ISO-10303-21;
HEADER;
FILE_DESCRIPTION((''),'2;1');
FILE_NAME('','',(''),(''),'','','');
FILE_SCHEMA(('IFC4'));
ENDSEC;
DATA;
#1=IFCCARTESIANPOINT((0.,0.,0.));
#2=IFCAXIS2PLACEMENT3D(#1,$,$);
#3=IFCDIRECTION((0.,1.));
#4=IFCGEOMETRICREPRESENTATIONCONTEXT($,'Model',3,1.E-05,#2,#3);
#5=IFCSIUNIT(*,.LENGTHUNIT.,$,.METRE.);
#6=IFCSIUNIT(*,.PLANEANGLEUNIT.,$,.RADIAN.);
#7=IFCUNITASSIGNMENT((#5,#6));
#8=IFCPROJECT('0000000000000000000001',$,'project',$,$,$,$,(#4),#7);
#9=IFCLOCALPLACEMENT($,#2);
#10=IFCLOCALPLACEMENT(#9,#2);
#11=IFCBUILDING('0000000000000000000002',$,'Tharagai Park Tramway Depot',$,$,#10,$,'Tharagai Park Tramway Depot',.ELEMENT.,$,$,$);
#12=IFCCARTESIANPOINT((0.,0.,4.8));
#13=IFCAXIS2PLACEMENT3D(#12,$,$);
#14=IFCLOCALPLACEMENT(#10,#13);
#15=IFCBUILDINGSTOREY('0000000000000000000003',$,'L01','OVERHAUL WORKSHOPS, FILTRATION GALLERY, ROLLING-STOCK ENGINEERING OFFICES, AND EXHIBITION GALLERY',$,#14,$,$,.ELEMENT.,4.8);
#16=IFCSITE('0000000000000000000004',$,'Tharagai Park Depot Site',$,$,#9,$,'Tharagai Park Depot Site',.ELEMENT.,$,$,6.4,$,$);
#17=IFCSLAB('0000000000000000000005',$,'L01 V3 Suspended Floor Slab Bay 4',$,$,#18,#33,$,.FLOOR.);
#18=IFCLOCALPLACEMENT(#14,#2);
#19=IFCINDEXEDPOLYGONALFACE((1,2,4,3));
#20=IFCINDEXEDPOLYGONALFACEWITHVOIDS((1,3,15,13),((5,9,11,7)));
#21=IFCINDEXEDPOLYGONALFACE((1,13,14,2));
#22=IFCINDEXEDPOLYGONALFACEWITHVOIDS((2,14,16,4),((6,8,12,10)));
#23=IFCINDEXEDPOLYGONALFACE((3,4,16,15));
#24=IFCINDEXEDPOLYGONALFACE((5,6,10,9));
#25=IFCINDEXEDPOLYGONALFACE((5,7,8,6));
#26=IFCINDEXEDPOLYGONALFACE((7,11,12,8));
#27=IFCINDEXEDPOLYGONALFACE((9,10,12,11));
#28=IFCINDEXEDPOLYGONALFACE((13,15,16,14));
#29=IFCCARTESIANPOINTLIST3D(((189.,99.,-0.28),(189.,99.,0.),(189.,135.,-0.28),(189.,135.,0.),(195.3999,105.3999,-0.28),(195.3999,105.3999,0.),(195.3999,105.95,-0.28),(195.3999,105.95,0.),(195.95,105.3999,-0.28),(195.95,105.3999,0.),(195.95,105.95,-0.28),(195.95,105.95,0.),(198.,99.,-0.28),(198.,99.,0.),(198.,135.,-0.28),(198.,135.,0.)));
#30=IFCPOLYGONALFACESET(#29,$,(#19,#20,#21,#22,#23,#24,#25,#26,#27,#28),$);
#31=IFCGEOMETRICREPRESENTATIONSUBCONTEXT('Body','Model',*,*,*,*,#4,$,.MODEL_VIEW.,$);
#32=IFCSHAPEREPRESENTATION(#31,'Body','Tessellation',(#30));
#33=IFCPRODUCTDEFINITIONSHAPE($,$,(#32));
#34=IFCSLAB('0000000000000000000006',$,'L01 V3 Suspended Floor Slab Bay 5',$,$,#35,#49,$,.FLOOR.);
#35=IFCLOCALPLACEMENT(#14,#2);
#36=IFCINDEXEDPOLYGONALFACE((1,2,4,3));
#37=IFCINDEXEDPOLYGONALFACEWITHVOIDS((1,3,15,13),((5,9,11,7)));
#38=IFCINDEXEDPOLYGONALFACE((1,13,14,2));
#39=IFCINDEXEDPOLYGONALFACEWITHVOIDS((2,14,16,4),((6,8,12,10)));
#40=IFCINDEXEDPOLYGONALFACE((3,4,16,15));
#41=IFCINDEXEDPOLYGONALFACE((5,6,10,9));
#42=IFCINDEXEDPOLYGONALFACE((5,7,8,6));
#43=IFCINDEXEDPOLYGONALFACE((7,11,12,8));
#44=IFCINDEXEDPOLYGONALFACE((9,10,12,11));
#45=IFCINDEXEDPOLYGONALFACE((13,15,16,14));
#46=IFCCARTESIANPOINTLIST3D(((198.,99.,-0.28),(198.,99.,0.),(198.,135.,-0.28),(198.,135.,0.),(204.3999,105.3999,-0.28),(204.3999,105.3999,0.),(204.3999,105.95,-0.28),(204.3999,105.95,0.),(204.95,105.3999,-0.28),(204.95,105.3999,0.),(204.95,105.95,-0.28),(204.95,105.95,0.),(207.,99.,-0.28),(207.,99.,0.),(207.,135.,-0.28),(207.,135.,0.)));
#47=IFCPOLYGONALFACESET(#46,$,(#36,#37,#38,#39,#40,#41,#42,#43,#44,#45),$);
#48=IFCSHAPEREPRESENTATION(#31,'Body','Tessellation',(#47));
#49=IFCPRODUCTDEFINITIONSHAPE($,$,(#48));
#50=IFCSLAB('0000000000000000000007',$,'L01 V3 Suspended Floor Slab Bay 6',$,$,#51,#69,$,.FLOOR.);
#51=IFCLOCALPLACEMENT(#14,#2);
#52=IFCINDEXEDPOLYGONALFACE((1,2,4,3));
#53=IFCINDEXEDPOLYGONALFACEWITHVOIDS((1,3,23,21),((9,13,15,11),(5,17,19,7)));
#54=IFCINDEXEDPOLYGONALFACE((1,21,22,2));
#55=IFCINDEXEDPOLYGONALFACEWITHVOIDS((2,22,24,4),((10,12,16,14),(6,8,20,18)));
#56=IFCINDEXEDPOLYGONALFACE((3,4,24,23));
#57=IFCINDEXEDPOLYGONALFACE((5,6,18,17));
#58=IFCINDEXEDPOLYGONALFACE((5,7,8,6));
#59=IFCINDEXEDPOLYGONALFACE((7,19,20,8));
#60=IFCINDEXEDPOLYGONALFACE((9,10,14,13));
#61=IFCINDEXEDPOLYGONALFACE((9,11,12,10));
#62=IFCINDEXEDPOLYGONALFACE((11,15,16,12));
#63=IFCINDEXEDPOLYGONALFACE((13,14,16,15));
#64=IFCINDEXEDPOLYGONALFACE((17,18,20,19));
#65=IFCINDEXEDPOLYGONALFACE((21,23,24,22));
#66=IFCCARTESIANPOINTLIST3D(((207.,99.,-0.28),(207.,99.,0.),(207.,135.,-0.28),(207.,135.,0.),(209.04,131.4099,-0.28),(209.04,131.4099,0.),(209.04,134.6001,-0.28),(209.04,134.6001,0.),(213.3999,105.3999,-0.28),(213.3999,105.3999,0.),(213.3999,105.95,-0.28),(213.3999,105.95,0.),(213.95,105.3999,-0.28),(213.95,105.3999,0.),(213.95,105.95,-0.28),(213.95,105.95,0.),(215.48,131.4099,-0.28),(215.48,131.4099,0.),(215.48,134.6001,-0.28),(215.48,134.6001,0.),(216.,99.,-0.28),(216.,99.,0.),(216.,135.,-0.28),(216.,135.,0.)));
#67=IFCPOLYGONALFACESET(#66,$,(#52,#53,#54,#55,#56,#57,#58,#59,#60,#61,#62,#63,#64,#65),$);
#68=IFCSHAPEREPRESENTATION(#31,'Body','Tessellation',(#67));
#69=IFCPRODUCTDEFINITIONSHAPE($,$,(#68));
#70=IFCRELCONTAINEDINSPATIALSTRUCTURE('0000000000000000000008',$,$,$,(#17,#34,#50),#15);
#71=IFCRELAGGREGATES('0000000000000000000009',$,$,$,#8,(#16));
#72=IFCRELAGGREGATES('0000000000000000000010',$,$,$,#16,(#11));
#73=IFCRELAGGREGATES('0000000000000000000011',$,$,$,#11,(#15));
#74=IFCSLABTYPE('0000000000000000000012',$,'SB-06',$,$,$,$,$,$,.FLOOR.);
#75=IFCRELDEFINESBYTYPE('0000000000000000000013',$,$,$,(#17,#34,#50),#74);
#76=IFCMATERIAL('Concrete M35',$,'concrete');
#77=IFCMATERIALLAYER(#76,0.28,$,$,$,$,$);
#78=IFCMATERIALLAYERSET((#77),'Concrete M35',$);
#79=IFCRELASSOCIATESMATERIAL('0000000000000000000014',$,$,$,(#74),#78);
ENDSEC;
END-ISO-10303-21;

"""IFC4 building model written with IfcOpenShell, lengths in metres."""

from ifc_helpers import new_model, si_unit, direction, frame, origin, place, context, subcontext, project, spatial, polyline, outline, extrude, material, layer, layer_set, type_object, element, save


model = new_model("IFC4")

# Units and contexts
model_context = context("Model", 3, precision=1e-05, world=origin(), true_north=direction((0.0, 1.0)))
body_context = subcontext(model_context, "Body", "Model", "MODEL_VIEW")
ifc_project = project(units=[si_unit("LENGTHUNIT", "METRE"), si_unit("PLANEANGLEUNIT", "RADIAN")], contexts=[model_context])

# Site, building, storey
site_placement = place(None, origin())
site = spatial("IfcSite", under=ifc_project, at=site_placement, Name="Tharagai Park Depot Site", LongName="Tharagai Park Depot Site", CompositionType="ELEMENT", RefElevation=6.4)
building_placement = place(site_placement, origin())
building = spatial("IfcBuilding", under=site, at=building_placement, Name="Tharagai Park Tramway Depot", LongName="Tharagai Park Tramway Depot", CompositionType="ELEMENT")
storey_placement = place(building_placement, frame((0.0, 0.0, 4.8)))
storey = spatial("IfcBuildingStorey", under=building, at=storey_placement, Name="L01", Description="OVERHAUL WORKSHOPS, FILTRATION GALLERY, ROLLING-STOCK ENGINEERING OFFICES, AND EXHIBITION GALLERY", CompositionType="ELEMENT", Elevation=4.8)

# Slabs
ifc_material_1 = material(Name="Concrete M35", Category="concrete")
ifc_layer_1 = layer(ifc_material_1, 0.28)
ifc_layer_set_1 = layer_set([ifc_layer_1], Name="Concrete M35")
slab_type_1 = type_object("IfcSlabType", Name="SB-06", PredefinedType="FLOOR", material=ifc_layer_set_1)
slab_1_placement = place(storey_placement, frame((0.0, 0.0, -0.28)))
element("IfcSlab", 1, at=slab_1_placement, inside=storey, type_object=slab_type_1, Name="L01 V3 Suspended Floor Slab Bay 4", PredefinedType="FLOOR", context=body_context, shape_type="SweptSolid", body=[
    extrude(outline(polyline([(189.0, 99.0), (198.0, 99.0), (198.0, 135.0), (189.0, 135.0), (189.0, 99.0)]), holes=[polyline([(195.3999, 105.3999), (195.95, 105.3999), (195.95, 105.95), (195.3999, 105.95), (195.3999, 105.3999)])]), origin(), (0.0, 0.0, 1.0), 0.28),
])
slab_2_placement = place(storey_placement, frame((0.0, 0.0, -0.28)))
element("IfcSlab", 2, at=slab_2_placement, inside=storey, type_object=slab_type_1, Name="L01 V3 Suspended Floor Slab Bay 5", PredefinedType="FLOOR", context=body_context, shape_type="SweptSolid", body=[
    extrude(outline(polyline([(198.0, 99.0), (207.0, 99.0), (207.0, 135.0), (198.0, 135.0), (198.0, 99.0)]), holes=[polyline([(204.3999, 105.3999), (204.95, 105.3999), (204.95, 105.95), (204.3999, 105.95), (204.3999, 105.3999)])]), origin(), (0.0, 0.0, 1.0), 0.28),
])
slab_3_placement = place(storey_placement, frame((0.0, 0.0, -0.28)))
element("IfcSlab", 3, at=slab_3_placement, inside=storey, type_object=slab_type_1, Name="L01 V3 Suspended Floor Slab Bay 6", PredefinedType="FLOOR", context=body_context, shape_type="SweptSolid", body=[
    extrude(outline(polyline([(207.0, 99.0), (216.0, 99.0), (216.0, 135.0), (207.0, 135.0), (207.0, 99.0)]), holes=[polyline([(209.04, 131.4099), (215.48, 131.4099), (215.48, 134.6001), (209.04, 134.6001), (209.04, 131.4099)]), polyline([(213.3999, 105.3999), (213.95, 105.3999), (213.95, 105.95), (213.3999, 105.95), (213.3999, 105.3999)])]), origin(), (0.0, 0.0, 1.0), 0.28),
])

save(model, "model.ifc")
